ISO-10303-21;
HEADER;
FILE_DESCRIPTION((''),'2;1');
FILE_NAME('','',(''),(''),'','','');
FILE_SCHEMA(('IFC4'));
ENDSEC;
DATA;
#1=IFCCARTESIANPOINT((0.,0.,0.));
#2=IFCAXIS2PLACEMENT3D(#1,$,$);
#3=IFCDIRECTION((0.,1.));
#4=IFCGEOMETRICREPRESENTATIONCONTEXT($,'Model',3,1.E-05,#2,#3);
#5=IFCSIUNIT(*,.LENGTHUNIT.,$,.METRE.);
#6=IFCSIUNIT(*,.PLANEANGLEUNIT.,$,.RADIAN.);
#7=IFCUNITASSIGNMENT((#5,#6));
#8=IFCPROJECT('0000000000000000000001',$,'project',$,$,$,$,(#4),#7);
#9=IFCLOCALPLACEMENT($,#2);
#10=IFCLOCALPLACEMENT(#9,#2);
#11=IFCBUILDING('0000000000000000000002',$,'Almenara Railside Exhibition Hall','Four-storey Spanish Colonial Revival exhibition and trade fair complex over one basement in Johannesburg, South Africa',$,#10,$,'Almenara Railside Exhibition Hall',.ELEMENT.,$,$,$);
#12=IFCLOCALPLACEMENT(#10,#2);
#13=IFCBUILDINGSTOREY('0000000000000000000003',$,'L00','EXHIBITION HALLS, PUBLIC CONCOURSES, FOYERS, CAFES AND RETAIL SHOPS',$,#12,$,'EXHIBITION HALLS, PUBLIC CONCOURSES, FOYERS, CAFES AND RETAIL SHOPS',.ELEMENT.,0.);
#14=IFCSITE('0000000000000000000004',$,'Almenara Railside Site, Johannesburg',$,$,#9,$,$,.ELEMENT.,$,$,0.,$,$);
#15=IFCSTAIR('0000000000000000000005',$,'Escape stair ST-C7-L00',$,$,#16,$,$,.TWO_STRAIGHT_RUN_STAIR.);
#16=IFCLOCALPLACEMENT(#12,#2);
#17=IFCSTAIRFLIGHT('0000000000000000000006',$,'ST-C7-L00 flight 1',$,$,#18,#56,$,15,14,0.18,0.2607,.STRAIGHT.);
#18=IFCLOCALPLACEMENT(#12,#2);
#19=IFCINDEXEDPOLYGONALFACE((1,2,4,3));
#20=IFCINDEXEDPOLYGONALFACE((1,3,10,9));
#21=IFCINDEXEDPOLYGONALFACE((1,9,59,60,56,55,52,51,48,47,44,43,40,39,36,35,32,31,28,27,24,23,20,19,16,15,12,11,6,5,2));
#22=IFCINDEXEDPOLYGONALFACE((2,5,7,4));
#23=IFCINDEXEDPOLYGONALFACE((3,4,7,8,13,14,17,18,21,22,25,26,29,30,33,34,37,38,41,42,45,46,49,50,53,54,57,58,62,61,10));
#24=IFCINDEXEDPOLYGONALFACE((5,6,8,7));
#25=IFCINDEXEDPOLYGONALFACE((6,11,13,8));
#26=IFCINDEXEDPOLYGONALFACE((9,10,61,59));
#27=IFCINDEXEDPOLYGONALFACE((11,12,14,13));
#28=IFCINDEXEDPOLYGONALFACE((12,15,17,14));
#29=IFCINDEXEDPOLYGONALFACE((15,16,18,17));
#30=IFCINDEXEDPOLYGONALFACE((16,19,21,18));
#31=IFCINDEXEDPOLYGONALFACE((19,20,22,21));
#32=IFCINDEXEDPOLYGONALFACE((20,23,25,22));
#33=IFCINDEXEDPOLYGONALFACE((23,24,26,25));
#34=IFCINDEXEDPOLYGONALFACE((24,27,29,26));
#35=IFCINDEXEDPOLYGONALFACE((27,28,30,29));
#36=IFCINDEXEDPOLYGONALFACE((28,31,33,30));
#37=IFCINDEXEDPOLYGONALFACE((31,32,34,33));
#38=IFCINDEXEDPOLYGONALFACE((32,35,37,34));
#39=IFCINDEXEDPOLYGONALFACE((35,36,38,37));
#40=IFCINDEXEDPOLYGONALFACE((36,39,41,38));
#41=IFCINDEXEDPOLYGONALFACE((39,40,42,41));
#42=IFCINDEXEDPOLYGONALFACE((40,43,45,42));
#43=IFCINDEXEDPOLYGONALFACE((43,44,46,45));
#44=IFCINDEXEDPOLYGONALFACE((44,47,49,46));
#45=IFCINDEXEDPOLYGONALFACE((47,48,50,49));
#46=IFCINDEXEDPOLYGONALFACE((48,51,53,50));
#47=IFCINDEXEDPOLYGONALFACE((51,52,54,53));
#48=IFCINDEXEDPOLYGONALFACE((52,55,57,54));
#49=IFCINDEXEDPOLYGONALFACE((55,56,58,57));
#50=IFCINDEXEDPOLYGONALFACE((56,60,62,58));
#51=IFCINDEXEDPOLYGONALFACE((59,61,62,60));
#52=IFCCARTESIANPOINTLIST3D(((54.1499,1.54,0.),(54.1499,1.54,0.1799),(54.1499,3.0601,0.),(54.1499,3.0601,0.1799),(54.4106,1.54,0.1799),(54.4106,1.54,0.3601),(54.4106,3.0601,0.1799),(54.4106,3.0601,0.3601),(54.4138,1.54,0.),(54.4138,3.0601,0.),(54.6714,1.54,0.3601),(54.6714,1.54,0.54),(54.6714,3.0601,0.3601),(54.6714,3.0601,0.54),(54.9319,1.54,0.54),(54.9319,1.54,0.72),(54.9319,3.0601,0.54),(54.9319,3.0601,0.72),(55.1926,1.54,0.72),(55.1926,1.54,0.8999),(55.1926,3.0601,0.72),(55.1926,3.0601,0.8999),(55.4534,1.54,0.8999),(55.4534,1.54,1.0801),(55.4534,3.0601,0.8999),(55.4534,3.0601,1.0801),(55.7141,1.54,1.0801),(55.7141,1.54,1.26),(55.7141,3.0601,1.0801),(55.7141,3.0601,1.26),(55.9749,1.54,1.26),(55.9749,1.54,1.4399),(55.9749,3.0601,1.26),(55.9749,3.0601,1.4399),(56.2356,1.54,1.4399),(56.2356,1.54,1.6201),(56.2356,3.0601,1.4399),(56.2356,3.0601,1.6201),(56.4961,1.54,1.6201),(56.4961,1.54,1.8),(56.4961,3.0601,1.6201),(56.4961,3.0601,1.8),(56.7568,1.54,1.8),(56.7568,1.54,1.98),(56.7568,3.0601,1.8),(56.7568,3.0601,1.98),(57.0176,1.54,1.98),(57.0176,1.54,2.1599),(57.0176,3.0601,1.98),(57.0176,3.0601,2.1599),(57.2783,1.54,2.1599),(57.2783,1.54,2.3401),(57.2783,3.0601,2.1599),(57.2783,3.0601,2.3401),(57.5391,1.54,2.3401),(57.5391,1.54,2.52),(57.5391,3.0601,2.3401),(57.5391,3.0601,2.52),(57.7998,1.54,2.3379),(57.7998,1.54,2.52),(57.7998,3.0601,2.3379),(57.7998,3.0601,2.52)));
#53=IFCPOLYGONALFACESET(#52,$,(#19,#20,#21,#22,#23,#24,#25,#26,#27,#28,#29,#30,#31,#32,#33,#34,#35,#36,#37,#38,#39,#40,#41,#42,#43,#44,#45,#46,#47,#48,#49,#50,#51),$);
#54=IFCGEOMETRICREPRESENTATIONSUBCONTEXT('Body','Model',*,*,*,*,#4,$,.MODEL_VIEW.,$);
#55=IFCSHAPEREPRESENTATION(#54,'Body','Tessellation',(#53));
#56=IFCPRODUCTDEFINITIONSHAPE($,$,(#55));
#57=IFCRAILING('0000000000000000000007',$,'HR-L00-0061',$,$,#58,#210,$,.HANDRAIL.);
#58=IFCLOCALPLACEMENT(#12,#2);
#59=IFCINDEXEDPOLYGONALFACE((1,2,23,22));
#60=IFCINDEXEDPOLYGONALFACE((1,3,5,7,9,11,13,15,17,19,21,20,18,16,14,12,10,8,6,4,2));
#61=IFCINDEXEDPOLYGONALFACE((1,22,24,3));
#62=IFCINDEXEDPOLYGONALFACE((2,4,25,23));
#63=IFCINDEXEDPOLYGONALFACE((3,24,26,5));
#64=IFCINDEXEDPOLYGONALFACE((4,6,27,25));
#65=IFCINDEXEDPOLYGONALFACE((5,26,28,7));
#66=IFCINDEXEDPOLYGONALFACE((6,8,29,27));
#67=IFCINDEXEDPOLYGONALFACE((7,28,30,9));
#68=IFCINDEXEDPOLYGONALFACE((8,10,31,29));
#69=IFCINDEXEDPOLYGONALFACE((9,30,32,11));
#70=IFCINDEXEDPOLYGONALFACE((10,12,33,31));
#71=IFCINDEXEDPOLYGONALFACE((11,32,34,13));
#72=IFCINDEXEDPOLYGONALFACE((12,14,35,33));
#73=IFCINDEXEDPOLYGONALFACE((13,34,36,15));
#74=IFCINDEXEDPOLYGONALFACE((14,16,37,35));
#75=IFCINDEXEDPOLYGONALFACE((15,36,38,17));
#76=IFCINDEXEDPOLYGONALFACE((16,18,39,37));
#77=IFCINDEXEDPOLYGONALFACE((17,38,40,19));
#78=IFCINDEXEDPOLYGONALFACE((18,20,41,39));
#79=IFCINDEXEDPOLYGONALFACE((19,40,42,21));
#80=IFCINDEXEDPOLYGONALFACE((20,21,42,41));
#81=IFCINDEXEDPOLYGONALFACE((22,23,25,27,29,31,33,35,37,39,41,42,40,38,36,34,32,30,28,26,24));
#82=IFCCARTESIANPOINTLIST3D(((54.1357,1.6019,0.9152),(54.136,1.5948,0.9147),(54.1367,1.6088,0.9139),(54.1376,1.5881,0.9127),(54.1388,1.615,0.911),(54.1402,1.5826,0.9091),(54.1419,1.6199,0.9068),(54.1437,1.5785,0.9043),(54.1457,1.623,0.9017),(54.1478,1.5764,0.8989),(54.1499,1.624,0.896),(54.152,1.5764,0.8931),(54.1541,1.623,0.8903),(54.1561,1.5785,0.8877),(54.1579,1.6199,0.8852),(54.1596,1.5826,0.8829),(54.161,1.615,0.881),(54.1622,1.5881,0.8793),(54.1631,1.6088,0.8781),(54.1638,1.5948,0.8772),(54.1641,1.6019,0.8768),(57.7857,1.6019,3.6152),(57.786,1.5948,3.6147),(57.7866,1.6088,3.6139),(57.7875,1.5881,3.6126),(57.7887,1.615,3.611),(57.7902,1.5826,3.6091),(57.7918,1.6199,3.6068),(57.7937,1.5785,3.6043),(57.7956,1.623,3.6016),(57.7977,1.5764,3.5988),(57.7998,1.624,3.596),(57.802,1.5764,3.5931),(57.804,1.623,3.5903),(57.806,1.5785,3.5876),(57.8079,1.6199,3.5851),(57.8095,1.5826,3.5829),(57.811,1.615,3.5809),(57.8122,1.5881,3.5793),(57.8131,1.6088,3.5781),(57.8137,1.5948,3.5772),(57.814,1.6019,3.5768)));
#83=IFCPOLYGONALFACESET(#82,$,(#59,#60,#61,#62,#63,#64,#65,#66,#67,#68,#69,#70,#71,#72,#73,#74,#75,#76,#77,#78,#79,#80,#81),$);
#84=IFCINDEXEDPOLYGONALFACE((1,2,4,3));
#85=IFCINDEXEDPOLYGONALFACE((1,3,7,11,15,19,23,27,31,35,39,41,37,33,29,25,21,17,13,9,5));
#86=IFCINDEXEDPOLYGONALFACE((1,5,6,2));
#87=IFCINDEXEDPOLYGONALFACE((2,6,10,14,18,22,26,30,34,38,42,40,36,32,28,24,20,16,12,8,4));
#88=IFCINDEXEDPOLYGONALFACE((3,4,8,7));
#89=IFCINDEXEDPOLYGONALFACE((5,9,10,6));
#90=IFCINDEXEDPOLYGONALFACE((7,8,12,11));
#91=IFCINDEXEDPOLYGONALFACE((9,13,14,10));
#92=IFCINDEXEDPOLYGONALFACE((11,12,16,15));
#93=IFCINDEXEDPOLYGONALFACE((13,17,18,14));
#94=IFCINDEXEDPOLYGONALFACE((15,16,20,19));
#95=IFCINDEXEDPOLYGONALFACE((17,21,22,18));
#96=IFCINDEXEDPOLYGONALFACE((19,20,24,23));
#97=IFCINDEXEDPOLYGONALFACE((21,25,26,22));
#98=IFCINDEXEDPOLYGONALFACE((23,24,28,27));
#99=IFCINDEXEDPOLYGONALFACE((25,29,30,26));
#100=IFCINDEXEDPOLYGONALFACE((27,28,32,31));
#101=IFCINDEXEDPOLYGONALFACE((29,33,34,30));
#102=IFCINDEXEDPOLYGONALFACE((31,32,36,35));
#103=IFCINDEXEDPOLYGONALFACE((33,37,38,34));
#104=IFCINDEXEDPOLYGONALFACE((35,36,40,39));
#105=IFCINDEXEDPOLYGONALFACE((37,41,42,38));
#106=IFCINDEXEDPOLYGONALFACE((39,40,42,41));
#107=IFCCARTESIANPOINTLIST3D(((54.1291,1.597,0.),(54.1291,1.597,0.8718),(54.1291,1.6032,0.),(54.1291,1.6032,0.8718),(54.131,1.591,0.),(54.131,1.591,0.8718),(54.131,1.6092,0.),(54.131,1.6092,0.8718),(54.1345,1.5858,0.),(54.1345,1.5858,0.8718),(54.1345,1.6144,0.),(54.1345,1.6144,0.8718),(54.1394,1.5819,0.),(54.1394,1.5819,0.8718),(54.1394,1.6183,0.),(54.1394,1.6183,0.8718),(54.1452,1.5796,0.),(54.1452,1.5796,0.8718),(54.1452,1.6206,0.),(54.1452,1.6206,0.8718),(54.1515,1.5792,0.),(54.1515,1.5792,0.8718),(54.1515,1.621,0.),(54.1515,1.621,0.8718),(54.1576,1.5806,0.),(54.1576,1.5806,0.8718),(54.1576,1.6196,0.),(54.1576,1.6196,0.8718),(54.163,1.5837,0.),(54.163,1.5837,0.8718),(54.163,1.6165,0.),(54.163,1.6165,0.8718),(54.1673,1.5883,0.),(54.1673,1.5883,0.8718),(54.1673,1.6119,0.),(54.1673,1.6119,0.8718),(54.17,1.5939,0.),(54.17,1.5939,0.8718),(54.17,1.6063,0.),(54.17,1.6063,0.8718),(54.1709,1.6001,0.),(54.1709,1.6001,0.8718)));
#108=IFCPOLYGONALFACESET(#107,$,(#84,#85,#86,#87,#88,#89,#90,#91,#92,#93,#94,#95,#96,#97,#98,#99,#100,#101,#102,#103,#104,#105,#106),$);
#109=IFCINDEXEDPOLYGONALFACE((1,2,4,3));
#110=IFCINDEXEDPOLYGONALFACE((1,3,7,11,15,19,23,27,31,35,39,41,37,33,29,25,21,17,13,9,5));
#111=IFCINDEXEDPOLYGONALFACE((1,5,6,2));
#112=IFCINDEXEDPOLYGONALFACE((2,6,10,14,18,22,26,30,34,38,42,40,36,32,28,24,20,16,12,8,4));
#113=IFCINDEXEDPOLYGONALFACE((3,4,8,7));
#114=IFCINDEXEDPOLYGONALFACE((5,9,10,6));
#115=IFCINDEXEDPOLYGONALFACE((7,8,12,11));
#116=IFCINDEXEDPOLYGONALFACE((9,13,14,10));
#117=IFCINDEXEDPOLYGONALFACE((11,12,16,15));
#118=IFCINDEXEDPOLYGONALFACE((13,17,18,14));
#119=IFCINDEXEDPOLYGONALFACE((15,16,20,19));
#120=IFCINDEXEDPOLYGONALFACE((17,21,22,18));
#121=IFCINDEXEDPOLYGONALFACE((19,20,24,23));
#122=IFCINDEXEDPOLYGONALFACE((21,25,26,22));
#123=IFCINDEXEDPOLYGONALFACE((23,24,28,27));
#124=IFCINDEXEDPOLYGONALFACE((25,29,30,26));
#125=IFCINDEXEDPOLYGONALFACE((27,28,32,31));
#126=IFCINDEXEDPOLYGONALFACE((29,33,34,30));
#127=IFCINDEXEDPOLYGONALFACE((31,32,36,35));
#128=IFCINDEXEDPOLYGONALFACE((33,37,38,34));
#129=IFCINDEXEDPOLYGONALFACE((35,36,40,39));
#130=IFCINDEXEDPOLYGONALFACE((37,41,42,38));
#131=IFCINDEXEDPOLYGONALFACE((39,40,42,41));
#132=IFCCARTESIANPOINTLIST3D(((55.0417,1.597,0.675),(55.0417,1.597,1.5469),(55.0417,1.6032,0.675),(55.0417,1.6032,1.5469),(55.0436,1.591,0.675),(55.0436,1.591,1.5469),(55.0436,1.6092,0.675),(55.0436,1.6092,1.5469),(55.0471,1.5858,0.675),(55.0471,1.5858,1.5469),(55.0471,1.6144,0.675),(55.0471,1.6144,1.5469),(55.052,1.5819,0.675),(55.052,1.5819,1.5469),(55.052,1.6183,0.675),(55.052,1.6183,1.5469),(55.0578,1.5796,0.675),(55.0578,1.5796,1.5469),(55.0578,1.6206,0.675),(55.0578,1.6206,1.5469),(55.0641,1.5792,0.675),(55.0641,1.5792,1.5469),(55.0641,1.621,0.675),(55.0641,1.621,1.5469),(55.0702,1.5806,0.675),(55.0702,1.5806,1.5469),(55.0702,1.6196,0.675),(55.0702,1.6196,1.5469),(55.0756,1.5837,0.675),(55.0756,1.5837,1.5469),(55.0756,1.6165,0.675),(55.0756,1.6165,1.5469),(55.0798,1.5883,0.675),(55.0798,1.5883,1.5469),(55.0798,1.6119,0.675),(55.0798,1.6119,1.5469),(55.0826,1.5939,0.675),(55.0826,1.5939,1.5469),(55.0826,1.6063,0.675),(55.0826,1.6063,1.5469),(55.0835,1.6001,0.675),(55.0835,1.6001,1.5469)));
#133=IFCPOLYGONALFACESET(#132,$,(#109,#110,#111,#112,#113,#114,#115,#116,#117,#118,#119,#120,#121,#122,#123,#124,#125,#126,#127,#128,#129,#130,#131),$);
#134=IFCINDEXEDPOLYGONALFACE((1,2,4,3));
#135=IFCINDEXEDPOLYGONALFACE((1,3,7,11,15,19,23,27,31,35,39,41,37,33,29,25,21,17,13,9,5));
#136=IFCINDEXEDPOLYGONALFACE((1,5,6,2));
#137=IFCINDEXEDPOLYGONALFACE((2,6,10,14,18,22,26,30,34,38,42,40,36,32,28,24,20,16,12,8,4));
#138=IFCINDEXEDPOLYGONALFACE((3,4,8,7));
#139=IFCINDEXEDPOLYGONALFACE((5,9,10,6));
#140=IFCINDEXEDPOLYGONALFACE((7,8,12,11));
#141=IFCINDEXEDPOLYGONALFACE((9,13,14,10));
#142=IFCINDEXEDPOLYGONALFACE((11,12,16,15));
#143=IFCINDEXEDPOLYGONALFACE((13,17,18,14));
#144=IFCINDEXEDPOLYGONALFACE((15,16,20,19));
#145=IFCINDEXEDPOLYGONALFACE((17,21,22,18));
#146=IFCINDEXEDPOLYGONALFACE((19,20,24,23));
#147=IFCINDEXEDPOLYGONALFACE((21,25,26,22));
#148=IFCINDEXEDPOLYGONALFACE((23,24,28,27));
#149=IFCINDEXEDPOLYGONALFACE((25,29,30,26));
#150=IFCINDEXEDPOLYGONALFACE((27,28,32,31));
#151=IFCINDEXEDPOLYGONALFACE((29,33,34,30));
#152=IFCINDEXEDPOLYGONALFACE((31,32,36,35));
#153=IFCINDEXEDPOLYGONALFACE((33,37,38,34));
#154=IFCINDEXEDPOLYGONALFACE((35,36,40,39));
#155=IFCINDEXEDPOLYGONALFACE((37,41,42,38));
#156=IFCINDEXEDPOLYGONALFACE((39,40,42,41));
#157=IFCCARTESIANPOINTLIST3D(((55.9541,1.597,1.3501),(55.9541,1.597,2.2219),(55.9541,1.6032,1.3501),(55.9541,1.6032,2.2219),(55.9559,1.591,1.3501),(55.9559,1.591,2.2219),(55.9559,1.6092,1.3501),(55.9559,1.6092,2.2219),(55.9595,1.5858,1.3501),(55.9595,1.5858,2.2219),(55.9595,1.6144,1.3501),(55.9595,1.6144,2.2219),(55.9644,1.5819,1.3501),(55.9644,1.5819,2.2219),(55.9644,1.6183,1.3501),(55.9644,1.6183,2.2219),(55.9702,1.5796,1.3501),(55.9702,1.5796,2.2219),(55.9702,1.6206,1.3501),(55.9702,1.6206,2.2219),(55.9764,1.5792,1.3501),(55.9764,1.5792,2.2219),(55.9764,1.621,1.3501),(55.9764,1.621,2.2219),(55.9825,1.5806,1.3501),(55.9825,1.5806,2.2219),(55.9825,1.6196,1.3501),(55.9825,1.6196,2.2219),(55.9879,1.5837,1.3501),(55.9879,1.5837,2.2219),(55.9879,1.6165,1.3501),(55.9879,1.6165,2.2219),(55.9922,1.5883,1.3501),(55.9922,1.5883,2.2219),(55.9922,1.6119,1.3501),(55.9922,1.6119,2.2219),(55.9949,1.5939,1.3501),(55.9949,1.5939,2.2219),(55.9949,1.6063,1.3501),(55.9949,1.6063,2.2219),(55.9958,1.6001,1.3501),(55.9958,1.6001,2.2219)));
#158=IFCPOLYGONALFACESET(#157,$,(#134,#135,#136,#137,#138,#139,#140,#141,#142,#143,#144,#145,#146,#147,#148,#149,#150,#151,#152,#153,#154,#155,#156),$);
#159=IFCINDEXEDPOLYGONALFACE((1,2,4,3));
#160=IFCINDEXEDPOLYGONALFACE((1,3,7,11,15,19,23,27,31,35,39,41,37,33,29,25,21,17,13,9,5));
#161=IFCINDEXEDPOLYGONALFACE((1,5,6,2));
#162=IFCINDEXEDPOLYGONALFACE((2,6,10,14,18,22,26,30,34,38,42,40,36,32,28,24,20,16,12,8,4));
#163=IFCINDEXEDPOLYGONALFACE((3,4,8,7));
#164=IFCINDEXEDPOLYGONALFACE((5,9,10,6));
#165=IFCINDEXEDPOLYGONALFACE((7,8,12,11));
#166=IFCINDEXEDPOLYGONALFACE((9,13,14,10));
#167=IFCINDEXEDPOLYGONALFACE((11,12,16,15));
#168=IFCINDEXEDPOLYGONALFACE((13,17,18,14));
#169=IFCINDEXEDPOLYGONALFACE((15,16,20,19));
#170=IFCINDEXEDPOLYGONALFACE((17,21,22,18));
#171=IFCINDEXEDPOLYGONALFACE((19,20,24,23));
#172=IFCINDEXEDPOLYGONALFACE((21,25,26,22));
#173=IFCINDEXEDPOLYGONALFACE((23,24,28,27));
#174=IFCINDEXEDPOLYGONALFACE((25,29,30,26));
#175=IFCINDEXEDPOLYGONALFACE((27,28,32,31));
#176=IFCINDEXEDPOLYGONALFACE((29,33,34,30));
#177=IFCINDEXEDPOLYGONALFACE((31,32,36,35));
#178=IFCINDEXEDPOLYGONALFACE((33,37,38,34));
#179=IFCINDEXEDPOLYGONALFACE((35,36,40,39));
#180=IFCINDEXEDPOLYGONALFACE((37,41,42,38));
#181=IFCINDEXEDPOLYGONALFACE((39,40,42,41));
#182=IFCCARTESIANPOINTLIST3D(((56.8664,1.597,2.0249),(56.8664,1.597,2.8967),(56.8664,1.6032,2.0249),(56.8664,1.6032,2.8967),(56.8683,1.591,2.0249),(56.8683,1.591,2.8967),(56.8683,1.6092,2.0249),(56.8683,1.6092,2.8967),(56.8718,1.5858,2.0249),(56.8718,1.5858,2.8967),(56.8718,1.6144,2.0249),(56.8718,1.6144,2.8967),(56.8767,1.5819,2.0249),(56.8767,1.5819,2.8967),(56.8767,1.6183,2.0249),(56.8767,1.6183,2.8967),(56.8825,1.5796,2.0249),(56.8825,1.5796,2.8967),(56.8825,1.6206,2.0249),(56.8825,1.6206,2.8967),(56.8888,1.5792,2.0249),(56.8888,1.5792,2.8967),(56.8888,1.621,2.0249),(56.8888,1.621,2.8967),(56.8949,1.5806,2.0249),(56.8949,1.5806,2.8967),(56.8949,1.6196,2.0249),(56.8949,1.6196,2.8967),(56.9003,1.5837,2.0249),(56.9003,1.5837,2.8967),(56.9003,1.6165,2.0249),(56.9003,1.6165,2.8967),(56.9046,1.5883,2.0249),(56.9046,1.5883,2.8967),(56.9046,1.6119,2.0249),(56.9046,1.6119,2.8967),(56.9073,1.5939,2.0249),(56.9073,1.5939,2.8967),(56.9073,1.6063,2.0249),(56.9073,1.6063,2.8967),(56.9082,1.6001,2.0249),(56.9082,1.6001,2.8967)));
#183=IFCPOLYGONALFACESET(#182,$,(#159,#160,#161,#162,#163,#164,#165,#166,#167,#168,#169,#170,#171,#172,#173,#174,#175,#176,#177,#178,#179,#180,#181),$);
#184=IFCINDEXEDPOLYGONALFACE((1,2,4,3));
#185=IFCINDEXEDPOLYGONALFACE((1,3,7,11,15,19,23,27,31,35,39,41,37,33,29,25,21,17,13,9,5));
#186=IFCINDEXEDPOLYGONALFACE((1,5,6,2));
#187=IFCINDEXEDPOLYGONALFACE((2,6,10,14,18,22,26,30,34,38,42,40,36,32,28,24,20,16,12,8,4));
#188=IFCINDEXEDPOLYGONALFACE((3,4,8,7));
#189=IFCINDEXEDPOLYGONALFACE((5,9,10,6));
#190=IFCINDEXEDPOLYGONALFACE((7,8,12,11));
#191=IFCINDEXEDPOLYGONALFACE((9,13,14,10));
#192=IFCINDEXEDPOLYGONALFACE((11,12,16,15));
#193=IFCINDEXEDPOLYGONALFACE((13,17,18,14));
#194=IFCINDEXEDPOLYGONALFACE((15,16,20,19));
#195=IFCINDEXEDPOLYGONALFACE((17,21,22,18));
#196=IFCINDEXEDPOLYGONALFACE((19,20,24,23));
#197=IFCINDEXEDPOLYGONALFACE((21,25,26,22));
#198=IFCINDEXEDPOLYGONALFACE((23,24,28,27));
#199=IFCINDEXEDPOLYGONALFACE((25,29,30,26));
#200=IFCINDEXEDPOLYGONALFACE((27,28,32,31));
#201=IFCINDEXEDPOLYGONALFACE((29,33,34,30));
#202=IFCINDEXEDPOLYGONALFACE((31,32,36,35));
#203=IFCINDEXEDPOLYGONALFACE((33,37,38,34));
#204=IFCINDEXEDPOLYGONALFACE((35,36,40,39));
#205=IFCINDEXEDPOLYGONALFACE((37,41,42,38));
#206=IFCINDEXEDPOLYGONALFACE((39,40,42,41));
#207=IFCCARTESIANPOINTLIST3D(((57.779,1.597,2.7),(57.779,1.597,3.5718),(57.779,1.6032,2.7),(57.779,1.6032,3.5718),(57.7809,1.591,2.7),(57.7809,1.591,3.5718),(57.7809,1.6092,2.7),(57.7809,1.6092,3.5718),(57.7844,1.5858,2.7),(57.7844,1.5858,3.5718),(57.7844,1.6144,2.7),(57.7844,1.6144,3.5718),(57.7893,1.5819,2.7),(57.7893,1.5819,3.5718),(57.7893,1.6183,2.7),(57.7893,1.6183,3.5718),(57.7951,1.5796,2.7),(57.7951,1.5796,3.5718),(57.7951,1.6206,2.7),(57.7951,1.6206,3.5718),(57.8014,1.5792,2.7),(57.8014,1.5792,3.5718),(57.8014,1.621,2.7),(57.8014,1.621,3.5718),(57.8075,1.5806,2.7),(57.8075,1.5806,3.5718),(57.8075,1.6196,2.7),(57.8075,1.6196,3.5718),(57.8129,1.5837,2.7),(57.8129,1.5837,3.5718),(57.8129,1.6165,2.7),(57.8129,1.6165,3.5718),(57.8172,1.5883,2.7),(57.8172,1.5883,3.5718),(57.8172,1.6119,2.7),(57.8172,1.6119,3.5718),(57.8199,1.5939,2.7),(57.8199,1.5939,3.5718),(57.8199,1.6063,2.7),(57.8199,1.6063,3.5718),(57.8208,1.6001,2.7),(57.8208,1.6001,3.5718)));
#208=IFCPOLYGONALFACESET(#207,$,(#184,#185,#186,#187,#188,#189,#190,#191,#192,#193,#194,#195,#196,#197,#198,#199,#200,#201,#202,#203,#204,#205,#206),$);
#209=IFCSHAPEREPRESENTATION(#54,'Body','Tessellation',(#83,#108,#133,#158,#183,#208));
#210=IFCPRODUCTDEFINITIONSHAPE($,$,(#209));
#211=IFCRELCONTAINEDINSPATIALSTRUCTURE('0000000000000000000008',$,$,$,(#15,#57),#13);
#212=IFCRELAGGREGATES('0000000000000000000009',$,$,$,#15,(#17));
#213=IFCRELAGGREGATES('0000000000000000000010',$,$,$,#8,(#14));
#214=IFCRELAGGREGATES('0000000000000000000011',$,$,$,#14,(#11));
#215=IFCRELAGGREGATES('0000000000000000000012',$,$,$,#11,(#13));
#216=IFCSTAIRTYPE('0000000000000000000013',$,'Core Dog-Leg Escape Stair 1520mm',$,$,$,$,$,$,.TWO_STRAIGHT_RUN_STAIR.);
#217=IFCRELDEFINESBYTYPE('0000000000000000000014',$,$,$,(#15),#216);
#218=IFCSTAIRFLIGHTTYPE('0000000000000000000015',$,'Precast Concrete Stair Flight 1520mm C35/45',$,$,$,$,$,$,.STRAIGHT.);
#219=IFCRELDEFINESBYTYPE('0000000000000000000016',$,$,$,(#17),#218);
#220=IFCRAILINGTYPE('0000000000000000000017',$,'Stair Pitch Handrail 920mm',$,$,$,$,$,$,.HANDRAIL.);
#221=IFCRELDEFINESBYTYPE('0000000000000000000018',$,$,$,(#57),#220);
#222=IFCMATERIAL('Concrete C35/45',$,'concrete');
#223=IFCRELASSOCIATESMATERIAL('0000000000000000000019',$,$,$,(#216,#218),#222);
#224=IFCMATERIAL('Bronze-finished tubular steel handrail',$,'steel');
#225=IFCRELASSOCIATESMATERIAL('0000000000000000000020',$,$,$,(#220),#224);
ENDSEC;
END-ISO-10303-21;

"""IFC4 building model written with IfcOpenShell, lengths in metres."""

from ifc_helpers import new_model, si_unit, direction, frame, origin, origin_2d, place, context, subcontext, project, spatial, polyline, circle, outline, extrude, material, type_object, element, aggregate, save


model = new_model("IFC4")

# Units and contexts
model_context = context("Model", 3, precision=1e-05, world=origin(), true_north=direction((0.0, 1.0)))
body_context = subcontext(model_context, "Body", "Model", "MODEL_VIEW")
ifc_project = project(units=[si_unit("LENGTHUNIT", "METRE"), si_unit("PLANEANGLEUNIT", "RADIAN")], contexts=[model_context])

# Site, building, storey
site_placement = place(None, origin())
site = spatial("IfcSite", under=ifc_project, at=site_placement, Name="Almenara Railside Site, Johannesburg", CompositionType="ELEMENT", RefElevation=0.0)
building_placement = place(site_placement, origin())
building = spatial("IfcBuilding", under=site, at=building_placement, Name="Almenara Railside Exhibition Hall", Description="Four-storey Spanish Colonial Revival exhibition and trade fair complex over one basement in Johannesburg, South Africa", LongName="Almenara Railside Exhibition Hall", CompositionType="ELEMENT")
storey_placement = place(building_placement, origin())
storey = spatial("IfcBuildingStorey", under=building, at=storey_placement, Name="L00", Description="EXHIBITION HALLS, PUBLIC CONCOURSES, FOYERS, CAFES AND RETAIL SHOPS", LongName="EXHIBITION HALLS, PUBLIC CONCOURSES, FOYERS, CAFES AND RETAIL SHOPS", CompositionType="ELEMENT", Elevation=0.0)

# Shared definitions
ifc_material_1 = material(Name="Concrete C35/45", Category="concrete")

# Stair, stair flight
stair_type = type_object("IfcStairType", Name="Core Dog-Leg Escape Stair 1520mm", PredefinedType="TWO_STRAIGHT_RUN_STAIR", material=ifc_material_1)
stair_placement = place(storey_placement, origin())
stair = element("IfcStair", 1, at=stair_placement, inside=storey, type_object=stair_type, Name="Escape stair ST-C7-L00", PredefinedType="TWO_STRAIGHT_RUN_STAIR")
stair_flight_type = type_object("IfcStairFlightType", Name="Precast Concrete Stair Flight 1520mm C35/45", PredefinedType="STRAIGHT", material=ifc_material_1)
stair_flight_placement = place(storey_placement, frame((54.1499, 2.3, 0.0), z_axis=(0.0, 0.0, 1.0), x_axis=(1.0, 0.0, 0.0)))
stair_flight = element("IfcStairFlight", 2, at=stair_flight_placement, type_object=stair_flight_type, Name="ST-C7-L00 flight 1", NumberOfRisers=15, NumberOfTreads=14, PredefinedType="STRAIGHT", RiserHeight=0.18, TreadLength=0.2607, context=body_context, shape_type="SweptSolid", body=[
    extrude(outline(polyline([(0.0, 0.0), (0.0, 0.1799), (0.2607, 0.1799), (0.2607, 0.3601), (0.5215, 0.3601), (0.5215, 0.54), (0.782, 0.54), (0.782, 0.72), (1.0427, 0.72), (1.0427, 0.8999), (1.3035, 0.8999), (1.3035, 1.0801), (1.5642, 1.0801), (1.5642, 1.26), (1.825, 1.26), (1.825, 1.4399), (2.0857, 1.4399), (2.0857, 1.6201), (2.3462, 1.6201), (2.3462, 1.8), (2.6069, 1.8), (2.6069, 1.98), (2.8677, 1.98), (2.8677, 2.1599), (3.1284, 2.1599), (3.1284, 2.3401), (3.3892, 2.3401), (3.3892, 2.52), (3.6499, 2.52), (3.6499, 2.7), (3.6499, 2.3379), (0.2639, 0.0), (0.0, 0.0)])), frame((0.0, 0.76, 0.0), z_axis=(0.0, -1.0, 0.0), x_axis=(1.0, 0.0, 0.0)), (0.0, 0.0, 1.0), 1.52),
])
aggregate(stair, [stair_flight])

# Railing
ifc_material_2 = material(Name="Bronze-finished tubular steel handrail", Category="steel")
railing_type_1 = type_object("IfcRailingType", Name="Stair Pitch Handrail 920mm", PredefinedType="HANDRAIL", material=ifc_material_2)
railing_1_placement = place(storey_placement, frame((54.1499, 1.6001, 0.0)))
element("IfcRailing", 3, at=railing_1_placement, inside=storey, type_object=railing_type_1, Name="HR-L00-0061", PredefinedType="HANDRAIL", context=body_context, shape_type="SweptSolid", body=[
    extrude(circle(Radius=0.0239, at=origin_2d()), frame((0.0, 0.0, 0.896), z_axis=(0.803945, 0.0, 0.594704), x_axis=(0.0, 1.0, 0.0)), (0.0, 0.0, 1.0), 4.54),
    extrude(circle(Radius=0.021, at=origin_2d()), origin(), (0.0, 0.0, 1.0), 0.8718),
    extrude(circle(Radius=0.021, at=origin_2d()), frame((0.9126, 0.0, 0.675)), (0.0, 0.0, 1.0), 0.8718),
    extrude(circle(Radius=0.021, at=origin_2d()), frame((1.825, 0.0, 1.3501)), (0.0, 0.0, 1.0), 0.8718),
    extrude(circle(Radius=0.021, at=origin_2d()), frame((2.7373, 0.0, 2.0249)), (0.0, 0.0, 1.0), 0.8718),
    extrude(circle(Radius=0.021, at=origin_2d()), frame((3.6499, 0.0, 2.7)), (0.0, 0.0, 1.0), 0.8718),
])

save(model, "model.ifc")
